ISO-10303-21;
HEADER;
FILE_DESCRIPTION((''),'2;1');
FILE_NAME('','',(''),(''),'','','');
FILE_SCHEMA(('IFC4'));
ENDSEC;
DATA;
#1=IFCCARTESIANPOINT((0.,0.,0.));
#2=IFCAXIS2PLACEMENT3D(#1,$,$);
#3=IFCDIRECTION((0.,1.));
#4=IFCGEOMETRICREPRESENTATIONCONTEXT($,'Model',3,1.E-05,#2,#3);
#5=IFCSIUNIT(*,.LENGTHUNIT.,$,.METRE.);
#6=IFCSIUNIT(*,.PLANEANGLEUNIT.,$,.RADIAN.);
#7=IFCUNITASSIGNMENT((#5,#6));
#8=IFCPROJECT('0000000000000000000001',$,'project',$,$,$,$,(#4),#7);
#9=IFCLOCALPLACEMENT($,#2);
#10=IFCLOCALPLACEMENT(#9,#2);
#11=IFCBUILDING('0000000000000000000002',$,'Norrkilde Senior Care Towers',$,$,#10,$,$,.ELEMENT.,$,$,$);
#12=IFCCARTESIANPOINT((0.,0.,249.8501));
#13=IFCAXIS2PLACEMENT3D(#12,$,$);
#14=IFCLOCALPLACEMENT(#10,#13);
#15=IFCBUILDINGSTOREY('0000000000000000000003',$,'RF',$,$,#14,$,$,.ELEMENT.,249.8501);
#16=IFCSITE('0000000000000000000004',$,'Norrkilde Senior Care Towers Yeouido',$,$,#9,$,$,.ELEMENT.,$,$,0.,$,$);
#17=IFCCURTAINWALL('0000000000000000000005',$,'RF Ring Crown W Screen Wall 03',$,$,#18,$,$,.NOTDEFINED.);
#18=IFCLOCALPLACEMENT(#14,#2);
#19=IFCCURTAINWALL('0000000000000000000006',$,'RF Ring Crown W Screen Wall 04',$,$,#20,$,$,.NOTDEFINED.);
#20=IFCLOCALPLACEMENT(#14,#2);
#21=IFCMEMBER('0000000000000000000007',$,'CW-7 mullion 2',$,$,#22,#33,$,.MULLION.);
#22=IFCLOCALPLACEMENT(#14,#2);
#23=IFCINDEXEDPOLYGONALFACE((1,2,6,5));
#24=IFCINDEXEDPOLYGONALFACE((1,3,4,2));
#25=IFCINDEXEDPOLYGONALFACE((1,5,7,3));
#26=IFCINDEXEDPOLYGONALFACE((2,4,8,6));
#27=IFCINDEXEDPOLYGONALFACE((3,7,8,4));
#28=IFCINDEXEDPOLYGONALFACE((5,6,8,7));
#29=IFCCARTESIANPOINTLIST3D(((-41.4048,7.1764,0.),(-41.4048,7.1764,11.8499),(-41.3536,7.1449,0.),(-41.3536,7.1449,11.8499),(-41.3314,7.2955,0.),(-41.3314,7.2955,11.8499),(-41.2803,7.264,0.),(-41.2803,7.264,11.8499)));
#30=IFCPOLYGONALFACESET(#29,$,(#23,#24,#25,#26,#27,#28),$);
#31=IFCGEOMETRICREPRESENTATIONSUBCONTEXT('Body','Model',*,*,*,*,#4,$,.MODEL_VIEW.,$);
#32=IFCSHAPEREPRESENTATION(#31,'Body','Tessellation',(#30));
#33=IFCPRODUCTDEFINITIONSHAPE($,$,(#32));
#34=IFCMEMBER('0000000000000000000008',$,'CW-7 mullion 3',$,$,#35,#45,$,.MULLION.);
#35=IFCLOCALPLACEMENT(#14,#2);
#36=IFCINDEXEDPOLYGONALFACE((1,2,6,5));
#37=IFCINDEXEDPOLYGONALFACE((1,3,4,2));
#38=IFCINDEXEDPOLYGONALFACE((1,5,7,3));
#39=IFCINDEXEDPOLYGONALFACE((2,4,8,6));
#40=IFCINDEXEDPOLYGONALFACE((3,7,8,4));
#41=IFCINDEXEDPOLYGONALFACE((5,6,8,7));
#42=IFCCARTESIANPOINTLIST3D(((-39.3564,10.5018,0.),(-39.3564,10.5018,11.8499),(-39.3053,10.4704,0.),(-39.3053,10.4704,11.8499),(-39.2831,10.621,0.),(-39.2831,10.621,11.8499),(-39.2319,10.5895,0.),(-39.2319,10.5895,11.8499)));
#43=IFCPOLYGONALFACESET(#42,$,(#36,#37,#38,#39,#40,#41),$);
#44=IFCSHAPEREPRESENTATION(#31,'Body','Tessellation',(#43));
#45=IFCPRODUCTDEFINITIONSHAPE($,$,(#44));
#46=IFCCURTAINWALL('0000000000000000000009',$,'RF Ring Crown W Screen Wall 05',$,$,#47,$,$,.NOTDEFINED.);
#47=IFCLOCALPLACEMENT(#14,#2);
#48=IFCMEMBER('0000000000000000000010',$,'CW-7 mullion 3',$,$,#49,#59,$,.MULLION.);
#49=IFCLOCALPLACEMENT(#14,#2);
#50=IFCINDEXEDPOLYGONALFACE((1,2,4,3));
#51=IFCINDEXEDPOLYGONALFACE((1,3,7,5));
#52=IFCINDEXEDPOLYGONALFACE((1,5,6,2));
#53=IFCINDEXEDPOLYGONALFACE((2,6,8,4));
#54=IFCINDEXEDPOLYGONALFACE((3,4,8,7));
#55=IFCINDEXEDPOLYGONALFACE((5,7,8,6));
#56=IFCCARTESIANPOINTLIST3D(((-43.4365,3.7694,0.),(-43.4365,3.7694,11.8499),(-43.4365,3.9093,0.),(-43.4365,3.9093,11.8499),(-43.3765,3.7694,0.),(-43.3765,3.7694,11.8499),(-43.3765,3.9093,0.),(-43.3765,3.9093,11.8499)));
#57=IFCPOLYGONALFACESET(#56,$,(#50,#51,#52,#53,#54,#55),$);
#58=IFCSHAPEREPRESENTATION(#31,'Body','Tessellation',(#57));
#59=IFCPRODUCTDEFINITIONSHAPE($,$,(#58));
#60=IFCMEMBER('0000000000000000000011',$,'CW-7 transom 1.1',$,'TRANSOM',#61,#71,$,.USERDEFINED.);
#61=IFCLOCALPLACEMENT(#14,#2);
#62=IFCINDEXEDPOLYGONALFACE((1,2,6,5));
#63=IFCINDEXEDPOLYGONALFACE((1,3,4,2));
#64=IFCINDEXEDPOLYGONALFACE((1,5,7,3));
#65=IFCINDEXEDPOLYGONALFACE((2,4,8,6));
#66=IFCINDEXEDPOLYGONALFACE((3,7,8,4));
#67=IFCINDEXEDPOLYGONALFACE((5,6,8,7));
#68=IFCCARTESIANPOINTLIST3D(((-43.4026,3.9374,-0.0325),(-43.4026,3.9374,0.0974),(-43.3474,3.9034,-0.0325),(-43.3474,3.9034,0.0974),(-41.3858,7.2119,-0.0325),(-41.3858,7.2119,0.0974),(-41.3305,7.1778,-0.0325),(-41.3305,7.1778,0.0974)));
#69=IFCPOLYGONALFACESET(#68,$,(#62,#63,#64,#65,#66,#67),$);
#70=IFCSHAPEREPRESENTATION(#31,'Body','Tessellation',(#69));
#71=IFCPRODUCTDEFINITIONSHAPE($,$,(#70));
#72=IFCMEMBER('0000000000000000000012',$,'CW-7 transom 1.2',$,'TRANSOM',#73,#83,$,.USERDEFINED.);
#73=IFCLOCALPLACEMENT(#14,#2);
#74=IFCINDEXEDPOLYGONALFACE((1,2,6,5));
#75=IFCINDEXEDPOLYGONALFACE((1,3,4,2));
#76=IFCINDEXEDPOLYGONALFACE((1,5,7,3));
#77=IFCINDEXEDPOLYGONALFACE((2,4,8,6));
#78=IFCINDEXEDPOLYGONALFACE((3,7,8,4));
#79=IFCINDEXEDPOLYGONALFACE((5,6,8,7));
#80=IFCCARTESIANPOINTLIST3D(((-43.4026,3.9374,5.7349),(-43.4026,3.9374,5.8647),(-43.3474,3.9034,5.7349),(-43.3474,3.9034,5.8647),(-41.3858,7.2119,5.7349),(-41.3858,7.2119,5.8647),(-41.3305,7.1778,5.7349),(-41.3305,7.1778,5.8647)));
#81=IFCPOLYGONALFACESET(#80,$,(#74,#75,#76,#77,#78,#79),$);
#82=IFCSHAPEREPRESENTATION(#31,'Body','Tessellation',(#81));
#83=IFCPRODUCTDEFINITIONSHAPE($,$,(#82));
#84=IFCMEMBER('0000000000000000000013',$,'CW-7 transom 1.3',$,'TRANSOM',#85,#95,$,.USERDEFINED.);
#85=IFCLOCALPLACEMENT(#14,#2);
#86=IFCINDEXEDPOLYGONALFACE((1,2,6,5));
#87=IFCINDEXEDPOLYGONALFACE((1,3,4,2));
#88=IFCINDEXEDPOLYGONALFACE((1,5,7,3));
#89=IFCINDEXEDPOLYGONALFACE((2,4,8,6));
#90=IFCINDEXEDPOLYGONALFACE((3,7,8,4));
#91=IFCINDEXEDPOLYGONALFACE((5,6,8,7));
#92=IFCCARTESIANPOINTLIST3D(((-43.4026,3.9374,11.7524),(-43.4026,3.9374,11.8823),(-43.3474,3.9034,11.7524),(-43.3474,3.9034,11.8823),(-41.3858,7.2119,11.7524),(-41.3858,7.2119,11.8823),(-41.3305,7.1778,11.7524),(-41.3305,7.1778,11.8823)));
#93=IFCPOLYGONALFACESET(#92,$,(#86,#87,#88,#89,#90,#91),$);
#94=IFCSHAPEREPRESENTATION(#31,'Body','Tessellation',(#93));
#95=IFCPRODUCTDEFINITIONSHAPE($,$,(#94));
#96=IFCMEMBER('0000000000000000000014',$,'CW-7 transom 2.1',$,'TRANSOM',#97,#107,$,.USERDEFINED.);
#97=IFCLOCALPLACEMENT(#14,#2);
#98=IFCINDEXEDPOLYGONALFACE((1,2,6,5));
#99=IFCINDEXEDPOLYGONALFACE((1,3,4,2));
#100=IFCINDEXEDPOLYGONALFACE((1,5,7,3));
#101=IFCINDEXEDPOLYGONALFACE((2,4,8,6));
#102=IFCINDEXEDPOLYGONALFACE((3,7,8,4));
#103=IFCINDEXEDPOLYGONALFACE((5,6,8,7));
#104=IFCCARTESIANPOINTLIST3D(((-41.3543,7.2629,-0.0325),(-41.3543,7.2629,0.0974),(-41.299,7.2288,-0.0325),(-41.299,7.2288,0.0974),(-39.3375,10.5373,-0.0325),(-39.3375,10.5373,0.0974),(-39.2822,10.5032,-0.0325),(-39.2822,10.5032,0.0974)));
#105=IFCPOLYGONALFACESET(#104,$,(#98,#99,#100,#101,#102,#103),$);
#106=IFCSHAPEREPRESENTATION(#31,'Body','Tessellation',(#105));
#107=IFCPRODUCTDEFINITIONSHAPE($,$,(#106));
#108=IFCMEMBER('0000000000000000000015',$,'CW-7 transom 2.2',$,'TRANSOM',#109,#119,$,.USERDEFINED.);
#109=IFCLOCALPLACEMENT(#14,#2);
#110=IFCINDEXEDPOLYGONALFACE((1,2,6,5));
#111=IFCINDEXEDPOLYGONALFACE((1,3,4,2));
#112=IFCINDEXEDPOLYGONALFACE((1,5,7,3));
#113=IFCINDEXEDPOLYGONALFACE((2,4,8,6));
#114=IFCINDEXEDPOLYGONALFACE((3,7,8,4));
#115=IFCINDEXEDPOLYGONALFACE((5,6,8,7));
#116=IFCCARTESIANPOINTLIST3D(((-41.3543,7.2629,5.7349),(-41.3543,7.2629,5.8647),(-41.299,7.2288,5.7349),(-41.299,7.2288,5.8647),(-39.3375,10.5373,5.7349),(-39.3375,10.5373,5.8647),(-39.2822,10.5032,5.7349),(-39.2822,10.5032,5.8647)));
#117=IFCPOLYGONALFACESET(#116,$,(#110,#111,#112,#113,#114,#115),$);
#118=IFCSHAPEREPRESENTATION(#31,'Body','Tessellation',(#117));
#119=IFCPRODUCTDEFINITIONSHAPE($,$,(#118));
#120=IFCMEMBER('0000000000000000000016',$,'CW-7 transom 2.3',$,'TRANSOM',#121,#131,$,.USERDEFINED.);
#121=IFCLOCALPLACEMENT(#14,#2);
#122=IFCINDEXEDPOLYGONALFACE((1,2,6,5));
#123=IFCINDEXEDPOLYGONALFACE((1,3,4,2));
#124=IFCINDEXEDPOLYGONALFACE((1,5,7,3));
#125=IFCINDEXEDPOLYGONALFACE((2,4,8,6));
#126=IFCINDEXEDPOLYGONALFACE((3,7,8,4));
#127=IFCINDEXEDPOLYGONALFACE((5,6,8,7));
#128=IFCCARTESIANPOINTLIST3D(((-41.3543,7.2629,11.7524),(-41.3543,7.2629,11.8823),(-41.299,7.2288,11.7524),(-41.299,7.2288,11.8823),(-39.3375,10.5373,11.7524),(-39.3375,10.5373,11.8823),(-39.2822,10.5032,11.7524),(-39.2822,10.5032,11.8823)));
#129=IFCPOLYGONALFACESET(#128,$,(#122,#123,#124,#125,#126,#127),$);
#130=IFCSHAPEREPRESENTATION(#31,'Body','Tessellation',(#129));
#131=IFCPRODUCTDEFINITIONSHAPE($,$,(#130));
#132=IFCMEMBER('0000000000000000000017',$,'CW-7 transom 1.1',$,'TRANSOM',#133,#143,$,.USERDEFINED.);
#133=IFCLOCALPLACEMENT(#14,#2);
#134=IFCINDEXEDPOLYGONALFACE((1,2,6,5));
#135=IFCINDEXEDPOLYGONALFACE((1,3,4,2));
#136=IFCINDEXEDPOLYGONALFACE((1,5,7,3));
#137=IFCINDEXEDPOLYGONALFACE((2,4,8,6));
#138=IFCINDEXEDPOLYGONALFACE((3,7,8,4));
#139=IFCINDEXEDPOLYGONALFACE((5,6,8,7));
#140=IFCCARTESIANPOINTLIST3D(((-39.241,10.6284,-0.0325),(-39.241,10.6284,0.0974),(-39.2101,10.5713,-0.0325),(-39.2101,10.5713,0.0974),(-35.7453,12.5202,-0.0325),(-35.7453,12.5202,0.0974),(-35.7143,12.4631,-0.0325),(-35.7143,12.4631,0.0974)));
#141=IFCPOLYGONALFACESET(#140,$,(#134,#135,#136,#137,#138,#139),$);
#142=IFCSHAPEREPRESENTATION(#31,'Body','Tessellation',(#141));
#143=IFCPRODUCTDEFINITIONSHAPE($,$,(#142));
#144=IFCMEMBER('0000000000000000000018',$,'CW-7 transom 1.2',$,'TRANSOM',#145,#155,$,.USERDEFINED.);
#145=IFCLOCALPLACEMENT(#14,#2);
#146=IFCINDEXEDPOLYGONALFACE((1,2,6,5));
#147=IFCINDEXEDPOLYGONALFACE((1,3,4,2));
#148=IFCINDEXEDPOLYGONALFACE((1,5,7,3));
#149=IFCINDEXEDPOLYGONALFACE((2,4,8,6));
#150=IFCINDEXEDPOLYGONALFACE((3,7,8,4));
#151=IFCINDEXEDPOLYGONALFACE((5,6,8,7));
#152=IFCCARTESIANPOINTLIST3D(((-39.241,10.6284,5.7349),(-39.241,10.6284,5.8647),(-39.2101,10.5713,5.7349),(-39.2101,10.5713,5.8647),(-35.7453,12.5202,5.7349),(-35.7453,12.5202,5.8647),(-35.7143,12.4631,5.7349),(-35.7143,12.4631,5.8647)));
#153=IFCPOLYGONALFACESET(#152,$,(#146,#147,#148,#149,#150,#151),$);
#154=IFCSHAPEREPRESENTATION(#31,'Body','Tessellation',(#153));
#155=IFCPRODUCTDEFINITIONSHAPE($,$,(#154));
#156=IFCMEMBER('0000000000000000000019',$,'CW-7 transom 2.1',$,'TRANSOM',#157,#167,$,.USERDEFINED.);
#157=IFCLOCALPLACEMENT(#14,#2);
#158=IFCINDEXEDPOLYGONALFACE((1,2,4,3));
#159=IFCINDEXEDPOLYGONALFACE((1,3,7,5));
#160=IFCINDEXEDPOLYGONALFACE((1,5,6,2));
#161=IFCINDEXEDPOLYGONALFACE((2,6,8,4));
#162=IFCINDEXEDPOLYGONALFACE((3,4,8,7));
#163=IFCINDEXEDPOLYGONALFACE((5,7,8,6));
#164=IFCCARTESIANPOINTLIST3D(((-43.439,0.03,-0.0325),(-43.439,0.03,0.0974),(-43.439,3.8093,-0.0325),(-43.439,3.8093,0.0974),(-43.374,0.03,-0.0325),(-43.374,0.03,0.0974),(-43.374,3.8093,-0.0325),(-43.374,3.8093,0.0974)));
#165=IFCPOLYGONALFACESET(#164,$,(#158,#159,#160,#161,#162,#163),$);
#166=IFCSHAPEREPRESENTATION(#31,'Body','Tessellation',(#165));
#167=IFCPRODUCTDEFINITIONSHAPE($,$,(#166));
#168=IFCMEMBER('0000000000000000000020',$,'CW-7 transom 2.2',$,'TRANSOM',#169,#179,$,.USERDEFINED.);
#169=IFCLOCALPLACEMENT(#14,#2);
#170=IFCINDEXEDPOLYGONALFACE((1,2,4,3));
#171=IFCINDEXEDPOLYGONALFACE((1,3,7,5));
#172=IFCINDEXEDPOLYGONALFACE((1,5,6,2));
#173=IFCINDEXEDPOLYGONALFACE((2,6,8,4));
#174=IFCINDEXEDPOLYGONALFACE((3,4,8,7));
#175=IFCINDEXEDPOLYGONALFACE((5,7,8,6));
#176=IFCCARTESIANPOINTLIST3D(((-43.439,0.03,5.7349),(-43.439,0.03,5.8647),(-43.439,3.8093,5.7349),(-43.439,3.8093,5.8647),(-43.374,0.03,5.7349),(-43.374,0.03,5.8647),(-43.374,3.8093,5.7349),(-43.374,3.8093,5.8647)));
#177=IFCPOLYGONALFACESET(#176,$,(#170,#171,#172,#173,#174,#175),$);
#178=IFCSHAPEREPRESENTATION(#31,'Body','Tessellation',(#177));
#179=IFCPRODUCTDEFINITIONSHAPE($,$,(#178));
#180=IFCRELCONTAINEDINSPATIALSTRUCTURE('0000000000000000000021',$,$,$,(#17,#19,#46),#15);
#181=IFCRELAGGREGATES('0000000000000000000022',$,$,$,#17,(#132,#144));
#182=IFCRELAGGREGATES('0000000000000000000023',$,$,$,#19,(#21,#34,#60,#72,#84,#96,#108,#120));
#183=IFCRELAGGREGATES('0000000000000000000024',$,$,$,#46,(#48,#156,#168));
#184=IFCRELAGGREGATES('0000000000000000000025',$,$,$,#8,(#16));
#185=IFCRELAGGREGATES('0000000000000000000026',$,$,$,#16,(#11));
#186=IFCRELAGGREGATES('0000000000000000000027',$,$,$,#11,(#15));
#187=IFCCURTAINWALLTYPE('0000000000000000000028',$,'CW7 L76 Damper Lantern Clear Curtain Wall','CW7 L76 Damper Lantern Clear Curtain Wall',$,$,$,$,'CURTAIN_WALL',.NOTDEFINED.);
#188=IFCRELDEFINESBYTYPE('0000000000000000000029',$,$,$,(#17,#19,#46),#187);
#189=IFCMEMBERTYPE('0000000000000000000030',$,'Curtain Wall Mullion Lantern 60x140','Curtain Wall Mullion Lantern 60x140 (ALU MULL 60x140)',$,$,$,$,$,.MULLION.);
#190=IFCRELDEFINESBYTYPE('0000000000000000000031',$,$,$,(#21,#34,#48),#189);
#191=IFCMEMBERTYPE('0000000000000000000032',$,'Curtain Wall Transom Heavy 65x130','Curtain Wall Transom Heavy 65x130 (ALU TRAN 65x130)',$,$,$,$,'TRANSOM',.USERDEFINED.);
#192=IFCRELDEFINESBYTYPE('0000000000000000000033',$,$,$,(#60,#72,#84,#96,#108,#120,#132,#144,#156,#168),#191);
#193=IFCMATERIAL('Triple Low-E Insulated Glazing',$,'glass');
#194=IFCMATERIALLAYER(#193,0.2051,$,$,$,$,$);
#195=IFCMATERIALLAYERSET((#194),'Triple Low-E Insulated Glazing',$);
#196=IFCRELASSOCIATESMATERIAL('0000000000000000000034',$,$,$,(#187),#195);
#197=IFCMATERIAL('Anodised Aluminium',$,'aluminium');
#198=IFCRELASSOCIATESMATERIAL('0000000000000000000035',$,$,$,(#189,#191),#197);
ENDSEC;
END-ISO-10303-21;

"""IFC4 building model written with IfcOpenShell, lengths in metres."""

from ifc_helpers import new_model, si_unit, direction, frame, origin, origin_2d, place, context, subcontext, project, spatial, rectangle, extrude, source, transform, mapped, material, layer, layer_set, material_profile, profile_set, type_object, type_shapes, element, aggregate, save


model = new_model("IFC4")

# Units and contexts
model_context = context("Model", 3, precision=1e-05, world=origin(), true_north=direction((0.0, 1.0)))
body_context = subcontext(model_context, "Body", "Model", "MODEL_VIEW")
ifc_project = project(units=[si_unit("LENGTHUNIT", "METRE"), si_unit("PLANEANGLEUNIT", "RADIAN")], contexts=[model_context])

# Site, building, storey
site_placement = place(None, origin())
site = spatial("IfcSite", under=ifc_project, at=site_placement, Name="Norrkilde Senior Care Towers Yeouido", CompositionType="ELEMENT", RefElevation=0.0)
building_placement = place(site_placement, origin())
building = spatial("IfcBuilding", under=site, at=building_placement, Name="Norrkilde Senior Care Towers", CompositionType="ELEMENT")
storey_placement = place(building_placement, frame((0.0, 0.0, 249.8501)))
storey = spatial("IfcBuildingStorey", under=building, at=storey_placement, Name="RF", CompositionType="ELEMENT", Elevation=249.8501)

# Curtain wall
ifc_material_1 = material(Name="Triple Low-E Insulated Glazing", Category="glass")
ifc_layer_1 = layer(ifc_material_1, 0.2051)
ifc_layer_set_1 = layer_set([ifc_layer_1], Name="Triple Low-E Insulated Glazing")
curtain_wall_type = type_object("IfcCurtainWallType", Name="CW7 L76 Damper Lantern Clear Curtain Wall", Description="CW7 L76 Damper Lantern Clear Curtain Wall", ElementType="CURTAIN_WALL", PredefinedType="NOTDEFINED", material=ifc_layer_set_1)
curtain_wall_1_placement = place(storey_placement, origin())
curtain_wall_1 = element("IfcCurtainWall", 1, at=curtain_wall_1_placement, inside=storey, type_object=curtain_wall_type, Name="RF Ring Crown W Screen Wall 03", PredefinedType="NOTDEFINED")
ifc_material_2 = material(Name="Anodised Aluminium", Category="aluminium")
ifc_material_profile_1 = material_profile(ifc_material_2, rectangle(XDim=0.0601, YDim=0.1399, at=origin_2d()), Name="ALU MULL 60x140")
ifc_profile_set_1 = profile_set([ifc_material_profile_1], Name="Anodised Aluminium")
member_type_1 = type_object("IfcMemberType", Name="Curtain Wall Mullion Lantern 60x140", Description="Curtain Wall Mullion Lantern 60x140 (ALU MULL 60x140)", PredefinedType="MULLION", material=ifc_profile_set_1)
shared_shape_1 = source(origin(), body_context, "Body", "SweptSolid", [
    extrude(rectangle(XDim=0.0601, YDim=0.1399, at=origin_2d()), origin(), (0.0, 0.0, 1.0), 11.8499),
])
type_shapes(member_type_1, [shared_shape_1])

# Curtain wall, members
curtain_wall_2_placement = place(storey_placement, origin())
curtain_wall_2 = element("IfcCurtainWall", 2, at=curtain_wall_2_placement, inside=storey, type_object=curtain_wall_type, Name="RF Ring Crown W Screen Wall 04", PredefinedType="NOTDEFINED")
member_1_placement = place(storey_placement, frame((-41.3425, 7.2202, 0.0), z_axis=(0.0, 0.0, 1.0), x_axis=(-0.851436, 0.524458, 0.0)))
member_1 = element("IfcMember", 3, at=member_1_placement, type_object=member_type_1, Name="CW-7 mullion 2", PredefinedType="MULLION", context=body_context, shape_type="MappedRepresentation", body=[
    mapped(shared_shape_1, transform((0.0, 0.0, 0.0), x_axis=(1.0, 0.0, 0.0), y_axis=(0.0, 1.0, 0.0), z_axis=(0.0, 0.0, 1.0), scale=1.0)),
])
member_2_placement = place(storey_placement, frame((-39.2942, 10.5457, 0.0), z_axis=(0.0, 0.0, 1.0), x_axis=(-0.851436, 0.524458, 0.0)))
member_2 = element("IfcMember", 4, at=member_2_placement, type_object=member_type_1, Name="CW-7 mullion 3", PredefinedType="MULLION", context=body_context, shape_type="MappedRepresentation", body=[
    mapped(shared_shape_1, transform((0.0, 0.0, 0.0), x_axis=(1.0, 0.0, 0.0), y_axis=(0.0, 1.0, 0.0), z_axis=(0.0, 0.0, 1.0), scale=1.0)),
])

# Curtain wall, member
curtain_wall_3_placement = place(storey_placement, origin())
curtain_wall_3 = element("IfcCurtainWall", 5, at=curtain_wall_3_placement, inside=storey, type_object=curtain_wall_type, Name="RF Ring Crown W Screen Wall 05", PredefinedType="NOTDEFINED")
member_3_placement = place(storey_placement, frame((-43.4065, 3.8394, 0.0), z_axis=(0.0, 0.0, 1.0), x_axis=(-1.0, 0.0, 0.0)))
member_3 = element("IfcMember", 6, at=member_3_placement, type_object=member_type_1, Name="CW-7 mullion 3", PredefinedType="MULLION", context=body_context, shape_type="MappedRepresentation", body=[
    mapped(shared_shape_1, transform((0.0, 0.0, 0.0), x_axis=(1.0, 0.0, 0.0), y_axis=(0.0, 1.0, 0.0), z_axis=(0.0, 0.0, 1.0), scale=1.0)),
])

# Members
ifc_material_profile_2 = material_profile(ifc_material_2, rectangle(XDim=0.0649, YDim=0.1299, at=origin_2d()), Name="ALU TRAN 65x130")
ifc_profile_set_2 = profile_set([ifc_material_profile_2], Name="Anodised Aluminium")
member_type_2 = type_object("IfcMemberType", Name="Curtain Wall Transom Heavy 65x130", Description="Curtain Wall Transom Heavy 65x130 (ALU TRAN 65x130)", ElementType="TRANSOM", PredefinedType="USERDEFINED", material=ifc_profile_set_2)
shared_shape_2 = source(origin(), body_context, "Body", "SweptSolid", [
    extrude(rectangle(XDim=0.0649, YDim=0.1299, at=origin_2d()), origin(), (0.0, 0.0, 1.0), 3.8457),
])
member_4_placement = place(storey_placement, frame((-43.375, 3.9204, 0.0325), z_axis=(0.524441, 0.851447, 0.0), x_axis=(-0.851447, 0.524441, 0.0)))
member_4 = element("IfcMember", 7, at=member_4_placement, type_object=member_type_2, Name="CW-7 transom 1.1", ObjectType="TRANSOM", PredefinedType="USERDEFINED", context=body_context, shape_type="MappedRepresentation", body=[
    mapped(shared_shape_2, transform((0.0, 0.0, 0.0), x_axis=(1.0, 0.0, 0.0), y_axis=(0.0, 1.0, 0.0), z_axis=(0.0, 0.0, 1.0), scale=1.0)),
])
member_5_placement = place(storey_placement, frame((-43.375, 3.9204, 5.7998), z_axis=(0.524441, 0.851447, 0.0), x_axis=(-0.851447, 0.524441, 0.0)))
member_5 = element("IfcMember", 8, at=member_5_placement, type_object=member_type_2, Name="CW-7 transom 1.2", ObjectType="TRANSOM", PredefinedType="USERDEFINED", context=body_context, shape_type="MappedRepresentation", body=[
    mapped(shared_shape_2, transform((0.0, 0.0, 0.0), x_axis=(1.0, 0.0, 0.0), y_axis=(0.0, 1.0, 0.0), z_axis=(0.0, 0.0, 1.0), scale=1.0)),
])
member_6_placement = place(storey_placement, frame((-43.375, 3.9204, 11.8174), z_axis=(0.524441, 0.851447, 0.0), x_axis=(-0.851447, 0.524441, 0.0)))
member_6 = element("IfcMember", 9, at=member_6_placement, type_object=member_type_2, Name="CW-7 transom 1.3", ObjectType="TRANSOM", PredefinedType="USERDEFINED", context=body_context, shape_type="MappedRepresentation", body=[
    mapped(shared_shape_2, transform((0.0, 0.0, 0.0), x_axis=(1.0, 0.0, 0.0), y_axis=(0.0, 1.0, 0.0), z_axis=(0.0, 0.0, 1.0), scale=1.0)),
])
member_7_placement = place(storey_placement, frame((-41.3267, 7.2458, 0.0325), z_axis=(0.524441, 0.851447, 0.0), x_axis=(-0.851447, 0.524441, 0.0)))
member_7 = element("IfcMember", 10, at=member_7_placement, type_object=member_type_2, Name="CW-7 transom 2.1", ObjectType="TRANSOM", PredefinedType="USERDEFINED", context=body_context, shape_type="MappedRepresentation", body=[
    mapped(shared_shape_2, transform((0.0, 0.0, 0.0), x_axis=(1.0, 0.0, 0.0), y_axis=(0.0, 1.0, 0.0), z_axis=(0.0, 0.0, 1.0), scale=1.0)),
])
member_8_placement = place(storey_placement, frame((-41.3267, 7.2458, 5.7998), z_axis=(0.524441, 0.851447, 0.0), x_axis=(-0.851447, 0.524441, 0.0)))
member_8 = element("IfcMember", 11, at=member_8_placement, type_object=member_type_2, Name="CW-7 transom 2.2", ObjectType="TRANSOM", PredefinedType="USERDEFINED", context=body_context, shape_type="MappedRepresentation", body=[
    mapped(shared_shape_2, transform((0.0, 0.0, 0.0), x_axis=(1.0, 0.0, 0.0), y_axis=(0.0, 1.0, 0.0), z_axis=(0.0, 0.0, 1.0), scale=1.0)),
])
member_9_placement = place(storey_placement, frame((-41.3267, 7.2458, 11.8174), z_axis=(0.524441, 0.851447, 0.0), x_axis=(-0.851447, 0.524441, 0.0)))
member_9 = element("IfcMember", 12, at=member_9_placement, type_object=member_type_2, Name="CW-7 transom 2.3", ObjectType="TRANSOM", PredefinedType="USERDEFINED", context=body_context, shape_type="MappedRepresentation", body=[
    mapped(shared_shape_2, transform((0.0, 0.0, 0.0), x_axis=(1.0, 0.0, 0.0), y_axis=(0.0, 1.0, 0.0), z_axis=(0.0, 0.0, 1.0), scale=1.0)),
])
shared_shape_3 = source(origin(), body_context, "Body", "SweptSolid", [
    extrude(rectangle(XDim=0.0649, YDim=0.1299, at=origin_2d()), origin(), (0.0, 0.0, 1.0), 3.9749),
])
member_10_placement = place(storey_placement, frame((-39.2256, 10.5999, 0.0325), z_axis=(0.879475, 0.475945, 0.0), x_axis=(-0.475945, 0.879475, 0.0)))
member_10 = element("IfcMember", 13, at=member_10_placement, type_object=member_type_2, Name="CW-7 transom 1.1", ObjectType="TRANSOM", PredefinedType="USERDEFINED", context=body_context, shape_type="MappedRepresentation", body=[
    mapped(shared_shape_3, transform((0.0, 0.0, 0.0), x_axis=(1.0, 0.0, 0.0), y_axis=(0.0, 1.0, 0.0), z_axis=(0.0, 0.0, 1.0), scale=1.0)),
])
member_11_placement = place(storey_placement, frame((-39.2256, 10.5999, 5.7998), z_axis=(0.879475, 0.475945, 0.0), x_axis=(-0.475945, 0.879475, 0.0)))
member_11 = element("IfcMember", 14, at=member_11_placement, type_object=member_type_2, Name="CW-7 transom 1.2", ObjectType="TRANSOM", PredefinedType="USERDEFINED", context=body_context, shape_type="MappedRepresentation", body=[
    mapped(shared_shape_3, transform((0.0, 0.0, 0.0), x_axis=(1.0, 0.0, 0.0), y_axis=(0.0, 1.0, 0.0), z_axis=(0.0, 0.0, 1.0), scale=1.0)),
])
aggregate(curtain_wall_1, [member_10, member_11])
shared_shape_4 = source(origin(), body_context, "Body", "SweptSolid", [
    extrude(rectangle(XDim=0.0649, YDim=0.1299, at=origin_2d()), origin(), (0.0, 0.0, 1.0), 3.7793),
])
type_shapes(member_type_2, [shared_shape_2, shared_shape_3, shared_shape_4])
member_12_placement = place(storey_placement, frame((-43.4065, 0.03, 0.0325), z_axis=(0.0, 1.0, 0.0), x_axis=(-1.0, 0.0, 0.0)))
member_12 = element("IfcMember", 15, at=member_12_placement, type_object=member_type_2, Name="CW-7 transom 2.1", ObjectType="TRANSOM", PredefinedType="USERDEFINED", context=body_context, shape_type="MappedRepresentation", body=[
    mapped(shared_shape_4, transform((0.0, 0.0, 0.0), x_axis=(1.0, 0.0, 0.0), y_axis=(0.0, 1.0, 0.0), z_axis=(0.0, 0.0, 1.0), scale=1.0)),
])
member_13_placement = place(storey_placement, frame((-43.4065, 0.03, 5.7998), z_axis=(0.0, 1.0, 0.0), x_axis=(-1.0, 0.0, 0.0)))
member_13 = element("IfcMember", 16, at=member_13_placement, type_object=member_type_2, Name="CW-7 transom 2.2", ObjectType="TRANSOM", PredefinedType="USERDEFINED", context=body_context, shape_type="MappedRepresentation", body=[
    mapped(shared_shape_4, transform((0.0, 0.0, 0.0), x_axis=(1.0, 0.0, 0.0), y_axis=(0.0, 1.0, 0.0), z_axis=(0.0, 0.0, 1.0), scale=1.0)),
])

aggregate(curtain_wall_2, [member_1, member_2, member_4, member_5, member_6, member_7, member_8, member_9])
aggregate(curtain_wall_3, [member_3, member_12, member_13])

save(model, "model.ifc")
